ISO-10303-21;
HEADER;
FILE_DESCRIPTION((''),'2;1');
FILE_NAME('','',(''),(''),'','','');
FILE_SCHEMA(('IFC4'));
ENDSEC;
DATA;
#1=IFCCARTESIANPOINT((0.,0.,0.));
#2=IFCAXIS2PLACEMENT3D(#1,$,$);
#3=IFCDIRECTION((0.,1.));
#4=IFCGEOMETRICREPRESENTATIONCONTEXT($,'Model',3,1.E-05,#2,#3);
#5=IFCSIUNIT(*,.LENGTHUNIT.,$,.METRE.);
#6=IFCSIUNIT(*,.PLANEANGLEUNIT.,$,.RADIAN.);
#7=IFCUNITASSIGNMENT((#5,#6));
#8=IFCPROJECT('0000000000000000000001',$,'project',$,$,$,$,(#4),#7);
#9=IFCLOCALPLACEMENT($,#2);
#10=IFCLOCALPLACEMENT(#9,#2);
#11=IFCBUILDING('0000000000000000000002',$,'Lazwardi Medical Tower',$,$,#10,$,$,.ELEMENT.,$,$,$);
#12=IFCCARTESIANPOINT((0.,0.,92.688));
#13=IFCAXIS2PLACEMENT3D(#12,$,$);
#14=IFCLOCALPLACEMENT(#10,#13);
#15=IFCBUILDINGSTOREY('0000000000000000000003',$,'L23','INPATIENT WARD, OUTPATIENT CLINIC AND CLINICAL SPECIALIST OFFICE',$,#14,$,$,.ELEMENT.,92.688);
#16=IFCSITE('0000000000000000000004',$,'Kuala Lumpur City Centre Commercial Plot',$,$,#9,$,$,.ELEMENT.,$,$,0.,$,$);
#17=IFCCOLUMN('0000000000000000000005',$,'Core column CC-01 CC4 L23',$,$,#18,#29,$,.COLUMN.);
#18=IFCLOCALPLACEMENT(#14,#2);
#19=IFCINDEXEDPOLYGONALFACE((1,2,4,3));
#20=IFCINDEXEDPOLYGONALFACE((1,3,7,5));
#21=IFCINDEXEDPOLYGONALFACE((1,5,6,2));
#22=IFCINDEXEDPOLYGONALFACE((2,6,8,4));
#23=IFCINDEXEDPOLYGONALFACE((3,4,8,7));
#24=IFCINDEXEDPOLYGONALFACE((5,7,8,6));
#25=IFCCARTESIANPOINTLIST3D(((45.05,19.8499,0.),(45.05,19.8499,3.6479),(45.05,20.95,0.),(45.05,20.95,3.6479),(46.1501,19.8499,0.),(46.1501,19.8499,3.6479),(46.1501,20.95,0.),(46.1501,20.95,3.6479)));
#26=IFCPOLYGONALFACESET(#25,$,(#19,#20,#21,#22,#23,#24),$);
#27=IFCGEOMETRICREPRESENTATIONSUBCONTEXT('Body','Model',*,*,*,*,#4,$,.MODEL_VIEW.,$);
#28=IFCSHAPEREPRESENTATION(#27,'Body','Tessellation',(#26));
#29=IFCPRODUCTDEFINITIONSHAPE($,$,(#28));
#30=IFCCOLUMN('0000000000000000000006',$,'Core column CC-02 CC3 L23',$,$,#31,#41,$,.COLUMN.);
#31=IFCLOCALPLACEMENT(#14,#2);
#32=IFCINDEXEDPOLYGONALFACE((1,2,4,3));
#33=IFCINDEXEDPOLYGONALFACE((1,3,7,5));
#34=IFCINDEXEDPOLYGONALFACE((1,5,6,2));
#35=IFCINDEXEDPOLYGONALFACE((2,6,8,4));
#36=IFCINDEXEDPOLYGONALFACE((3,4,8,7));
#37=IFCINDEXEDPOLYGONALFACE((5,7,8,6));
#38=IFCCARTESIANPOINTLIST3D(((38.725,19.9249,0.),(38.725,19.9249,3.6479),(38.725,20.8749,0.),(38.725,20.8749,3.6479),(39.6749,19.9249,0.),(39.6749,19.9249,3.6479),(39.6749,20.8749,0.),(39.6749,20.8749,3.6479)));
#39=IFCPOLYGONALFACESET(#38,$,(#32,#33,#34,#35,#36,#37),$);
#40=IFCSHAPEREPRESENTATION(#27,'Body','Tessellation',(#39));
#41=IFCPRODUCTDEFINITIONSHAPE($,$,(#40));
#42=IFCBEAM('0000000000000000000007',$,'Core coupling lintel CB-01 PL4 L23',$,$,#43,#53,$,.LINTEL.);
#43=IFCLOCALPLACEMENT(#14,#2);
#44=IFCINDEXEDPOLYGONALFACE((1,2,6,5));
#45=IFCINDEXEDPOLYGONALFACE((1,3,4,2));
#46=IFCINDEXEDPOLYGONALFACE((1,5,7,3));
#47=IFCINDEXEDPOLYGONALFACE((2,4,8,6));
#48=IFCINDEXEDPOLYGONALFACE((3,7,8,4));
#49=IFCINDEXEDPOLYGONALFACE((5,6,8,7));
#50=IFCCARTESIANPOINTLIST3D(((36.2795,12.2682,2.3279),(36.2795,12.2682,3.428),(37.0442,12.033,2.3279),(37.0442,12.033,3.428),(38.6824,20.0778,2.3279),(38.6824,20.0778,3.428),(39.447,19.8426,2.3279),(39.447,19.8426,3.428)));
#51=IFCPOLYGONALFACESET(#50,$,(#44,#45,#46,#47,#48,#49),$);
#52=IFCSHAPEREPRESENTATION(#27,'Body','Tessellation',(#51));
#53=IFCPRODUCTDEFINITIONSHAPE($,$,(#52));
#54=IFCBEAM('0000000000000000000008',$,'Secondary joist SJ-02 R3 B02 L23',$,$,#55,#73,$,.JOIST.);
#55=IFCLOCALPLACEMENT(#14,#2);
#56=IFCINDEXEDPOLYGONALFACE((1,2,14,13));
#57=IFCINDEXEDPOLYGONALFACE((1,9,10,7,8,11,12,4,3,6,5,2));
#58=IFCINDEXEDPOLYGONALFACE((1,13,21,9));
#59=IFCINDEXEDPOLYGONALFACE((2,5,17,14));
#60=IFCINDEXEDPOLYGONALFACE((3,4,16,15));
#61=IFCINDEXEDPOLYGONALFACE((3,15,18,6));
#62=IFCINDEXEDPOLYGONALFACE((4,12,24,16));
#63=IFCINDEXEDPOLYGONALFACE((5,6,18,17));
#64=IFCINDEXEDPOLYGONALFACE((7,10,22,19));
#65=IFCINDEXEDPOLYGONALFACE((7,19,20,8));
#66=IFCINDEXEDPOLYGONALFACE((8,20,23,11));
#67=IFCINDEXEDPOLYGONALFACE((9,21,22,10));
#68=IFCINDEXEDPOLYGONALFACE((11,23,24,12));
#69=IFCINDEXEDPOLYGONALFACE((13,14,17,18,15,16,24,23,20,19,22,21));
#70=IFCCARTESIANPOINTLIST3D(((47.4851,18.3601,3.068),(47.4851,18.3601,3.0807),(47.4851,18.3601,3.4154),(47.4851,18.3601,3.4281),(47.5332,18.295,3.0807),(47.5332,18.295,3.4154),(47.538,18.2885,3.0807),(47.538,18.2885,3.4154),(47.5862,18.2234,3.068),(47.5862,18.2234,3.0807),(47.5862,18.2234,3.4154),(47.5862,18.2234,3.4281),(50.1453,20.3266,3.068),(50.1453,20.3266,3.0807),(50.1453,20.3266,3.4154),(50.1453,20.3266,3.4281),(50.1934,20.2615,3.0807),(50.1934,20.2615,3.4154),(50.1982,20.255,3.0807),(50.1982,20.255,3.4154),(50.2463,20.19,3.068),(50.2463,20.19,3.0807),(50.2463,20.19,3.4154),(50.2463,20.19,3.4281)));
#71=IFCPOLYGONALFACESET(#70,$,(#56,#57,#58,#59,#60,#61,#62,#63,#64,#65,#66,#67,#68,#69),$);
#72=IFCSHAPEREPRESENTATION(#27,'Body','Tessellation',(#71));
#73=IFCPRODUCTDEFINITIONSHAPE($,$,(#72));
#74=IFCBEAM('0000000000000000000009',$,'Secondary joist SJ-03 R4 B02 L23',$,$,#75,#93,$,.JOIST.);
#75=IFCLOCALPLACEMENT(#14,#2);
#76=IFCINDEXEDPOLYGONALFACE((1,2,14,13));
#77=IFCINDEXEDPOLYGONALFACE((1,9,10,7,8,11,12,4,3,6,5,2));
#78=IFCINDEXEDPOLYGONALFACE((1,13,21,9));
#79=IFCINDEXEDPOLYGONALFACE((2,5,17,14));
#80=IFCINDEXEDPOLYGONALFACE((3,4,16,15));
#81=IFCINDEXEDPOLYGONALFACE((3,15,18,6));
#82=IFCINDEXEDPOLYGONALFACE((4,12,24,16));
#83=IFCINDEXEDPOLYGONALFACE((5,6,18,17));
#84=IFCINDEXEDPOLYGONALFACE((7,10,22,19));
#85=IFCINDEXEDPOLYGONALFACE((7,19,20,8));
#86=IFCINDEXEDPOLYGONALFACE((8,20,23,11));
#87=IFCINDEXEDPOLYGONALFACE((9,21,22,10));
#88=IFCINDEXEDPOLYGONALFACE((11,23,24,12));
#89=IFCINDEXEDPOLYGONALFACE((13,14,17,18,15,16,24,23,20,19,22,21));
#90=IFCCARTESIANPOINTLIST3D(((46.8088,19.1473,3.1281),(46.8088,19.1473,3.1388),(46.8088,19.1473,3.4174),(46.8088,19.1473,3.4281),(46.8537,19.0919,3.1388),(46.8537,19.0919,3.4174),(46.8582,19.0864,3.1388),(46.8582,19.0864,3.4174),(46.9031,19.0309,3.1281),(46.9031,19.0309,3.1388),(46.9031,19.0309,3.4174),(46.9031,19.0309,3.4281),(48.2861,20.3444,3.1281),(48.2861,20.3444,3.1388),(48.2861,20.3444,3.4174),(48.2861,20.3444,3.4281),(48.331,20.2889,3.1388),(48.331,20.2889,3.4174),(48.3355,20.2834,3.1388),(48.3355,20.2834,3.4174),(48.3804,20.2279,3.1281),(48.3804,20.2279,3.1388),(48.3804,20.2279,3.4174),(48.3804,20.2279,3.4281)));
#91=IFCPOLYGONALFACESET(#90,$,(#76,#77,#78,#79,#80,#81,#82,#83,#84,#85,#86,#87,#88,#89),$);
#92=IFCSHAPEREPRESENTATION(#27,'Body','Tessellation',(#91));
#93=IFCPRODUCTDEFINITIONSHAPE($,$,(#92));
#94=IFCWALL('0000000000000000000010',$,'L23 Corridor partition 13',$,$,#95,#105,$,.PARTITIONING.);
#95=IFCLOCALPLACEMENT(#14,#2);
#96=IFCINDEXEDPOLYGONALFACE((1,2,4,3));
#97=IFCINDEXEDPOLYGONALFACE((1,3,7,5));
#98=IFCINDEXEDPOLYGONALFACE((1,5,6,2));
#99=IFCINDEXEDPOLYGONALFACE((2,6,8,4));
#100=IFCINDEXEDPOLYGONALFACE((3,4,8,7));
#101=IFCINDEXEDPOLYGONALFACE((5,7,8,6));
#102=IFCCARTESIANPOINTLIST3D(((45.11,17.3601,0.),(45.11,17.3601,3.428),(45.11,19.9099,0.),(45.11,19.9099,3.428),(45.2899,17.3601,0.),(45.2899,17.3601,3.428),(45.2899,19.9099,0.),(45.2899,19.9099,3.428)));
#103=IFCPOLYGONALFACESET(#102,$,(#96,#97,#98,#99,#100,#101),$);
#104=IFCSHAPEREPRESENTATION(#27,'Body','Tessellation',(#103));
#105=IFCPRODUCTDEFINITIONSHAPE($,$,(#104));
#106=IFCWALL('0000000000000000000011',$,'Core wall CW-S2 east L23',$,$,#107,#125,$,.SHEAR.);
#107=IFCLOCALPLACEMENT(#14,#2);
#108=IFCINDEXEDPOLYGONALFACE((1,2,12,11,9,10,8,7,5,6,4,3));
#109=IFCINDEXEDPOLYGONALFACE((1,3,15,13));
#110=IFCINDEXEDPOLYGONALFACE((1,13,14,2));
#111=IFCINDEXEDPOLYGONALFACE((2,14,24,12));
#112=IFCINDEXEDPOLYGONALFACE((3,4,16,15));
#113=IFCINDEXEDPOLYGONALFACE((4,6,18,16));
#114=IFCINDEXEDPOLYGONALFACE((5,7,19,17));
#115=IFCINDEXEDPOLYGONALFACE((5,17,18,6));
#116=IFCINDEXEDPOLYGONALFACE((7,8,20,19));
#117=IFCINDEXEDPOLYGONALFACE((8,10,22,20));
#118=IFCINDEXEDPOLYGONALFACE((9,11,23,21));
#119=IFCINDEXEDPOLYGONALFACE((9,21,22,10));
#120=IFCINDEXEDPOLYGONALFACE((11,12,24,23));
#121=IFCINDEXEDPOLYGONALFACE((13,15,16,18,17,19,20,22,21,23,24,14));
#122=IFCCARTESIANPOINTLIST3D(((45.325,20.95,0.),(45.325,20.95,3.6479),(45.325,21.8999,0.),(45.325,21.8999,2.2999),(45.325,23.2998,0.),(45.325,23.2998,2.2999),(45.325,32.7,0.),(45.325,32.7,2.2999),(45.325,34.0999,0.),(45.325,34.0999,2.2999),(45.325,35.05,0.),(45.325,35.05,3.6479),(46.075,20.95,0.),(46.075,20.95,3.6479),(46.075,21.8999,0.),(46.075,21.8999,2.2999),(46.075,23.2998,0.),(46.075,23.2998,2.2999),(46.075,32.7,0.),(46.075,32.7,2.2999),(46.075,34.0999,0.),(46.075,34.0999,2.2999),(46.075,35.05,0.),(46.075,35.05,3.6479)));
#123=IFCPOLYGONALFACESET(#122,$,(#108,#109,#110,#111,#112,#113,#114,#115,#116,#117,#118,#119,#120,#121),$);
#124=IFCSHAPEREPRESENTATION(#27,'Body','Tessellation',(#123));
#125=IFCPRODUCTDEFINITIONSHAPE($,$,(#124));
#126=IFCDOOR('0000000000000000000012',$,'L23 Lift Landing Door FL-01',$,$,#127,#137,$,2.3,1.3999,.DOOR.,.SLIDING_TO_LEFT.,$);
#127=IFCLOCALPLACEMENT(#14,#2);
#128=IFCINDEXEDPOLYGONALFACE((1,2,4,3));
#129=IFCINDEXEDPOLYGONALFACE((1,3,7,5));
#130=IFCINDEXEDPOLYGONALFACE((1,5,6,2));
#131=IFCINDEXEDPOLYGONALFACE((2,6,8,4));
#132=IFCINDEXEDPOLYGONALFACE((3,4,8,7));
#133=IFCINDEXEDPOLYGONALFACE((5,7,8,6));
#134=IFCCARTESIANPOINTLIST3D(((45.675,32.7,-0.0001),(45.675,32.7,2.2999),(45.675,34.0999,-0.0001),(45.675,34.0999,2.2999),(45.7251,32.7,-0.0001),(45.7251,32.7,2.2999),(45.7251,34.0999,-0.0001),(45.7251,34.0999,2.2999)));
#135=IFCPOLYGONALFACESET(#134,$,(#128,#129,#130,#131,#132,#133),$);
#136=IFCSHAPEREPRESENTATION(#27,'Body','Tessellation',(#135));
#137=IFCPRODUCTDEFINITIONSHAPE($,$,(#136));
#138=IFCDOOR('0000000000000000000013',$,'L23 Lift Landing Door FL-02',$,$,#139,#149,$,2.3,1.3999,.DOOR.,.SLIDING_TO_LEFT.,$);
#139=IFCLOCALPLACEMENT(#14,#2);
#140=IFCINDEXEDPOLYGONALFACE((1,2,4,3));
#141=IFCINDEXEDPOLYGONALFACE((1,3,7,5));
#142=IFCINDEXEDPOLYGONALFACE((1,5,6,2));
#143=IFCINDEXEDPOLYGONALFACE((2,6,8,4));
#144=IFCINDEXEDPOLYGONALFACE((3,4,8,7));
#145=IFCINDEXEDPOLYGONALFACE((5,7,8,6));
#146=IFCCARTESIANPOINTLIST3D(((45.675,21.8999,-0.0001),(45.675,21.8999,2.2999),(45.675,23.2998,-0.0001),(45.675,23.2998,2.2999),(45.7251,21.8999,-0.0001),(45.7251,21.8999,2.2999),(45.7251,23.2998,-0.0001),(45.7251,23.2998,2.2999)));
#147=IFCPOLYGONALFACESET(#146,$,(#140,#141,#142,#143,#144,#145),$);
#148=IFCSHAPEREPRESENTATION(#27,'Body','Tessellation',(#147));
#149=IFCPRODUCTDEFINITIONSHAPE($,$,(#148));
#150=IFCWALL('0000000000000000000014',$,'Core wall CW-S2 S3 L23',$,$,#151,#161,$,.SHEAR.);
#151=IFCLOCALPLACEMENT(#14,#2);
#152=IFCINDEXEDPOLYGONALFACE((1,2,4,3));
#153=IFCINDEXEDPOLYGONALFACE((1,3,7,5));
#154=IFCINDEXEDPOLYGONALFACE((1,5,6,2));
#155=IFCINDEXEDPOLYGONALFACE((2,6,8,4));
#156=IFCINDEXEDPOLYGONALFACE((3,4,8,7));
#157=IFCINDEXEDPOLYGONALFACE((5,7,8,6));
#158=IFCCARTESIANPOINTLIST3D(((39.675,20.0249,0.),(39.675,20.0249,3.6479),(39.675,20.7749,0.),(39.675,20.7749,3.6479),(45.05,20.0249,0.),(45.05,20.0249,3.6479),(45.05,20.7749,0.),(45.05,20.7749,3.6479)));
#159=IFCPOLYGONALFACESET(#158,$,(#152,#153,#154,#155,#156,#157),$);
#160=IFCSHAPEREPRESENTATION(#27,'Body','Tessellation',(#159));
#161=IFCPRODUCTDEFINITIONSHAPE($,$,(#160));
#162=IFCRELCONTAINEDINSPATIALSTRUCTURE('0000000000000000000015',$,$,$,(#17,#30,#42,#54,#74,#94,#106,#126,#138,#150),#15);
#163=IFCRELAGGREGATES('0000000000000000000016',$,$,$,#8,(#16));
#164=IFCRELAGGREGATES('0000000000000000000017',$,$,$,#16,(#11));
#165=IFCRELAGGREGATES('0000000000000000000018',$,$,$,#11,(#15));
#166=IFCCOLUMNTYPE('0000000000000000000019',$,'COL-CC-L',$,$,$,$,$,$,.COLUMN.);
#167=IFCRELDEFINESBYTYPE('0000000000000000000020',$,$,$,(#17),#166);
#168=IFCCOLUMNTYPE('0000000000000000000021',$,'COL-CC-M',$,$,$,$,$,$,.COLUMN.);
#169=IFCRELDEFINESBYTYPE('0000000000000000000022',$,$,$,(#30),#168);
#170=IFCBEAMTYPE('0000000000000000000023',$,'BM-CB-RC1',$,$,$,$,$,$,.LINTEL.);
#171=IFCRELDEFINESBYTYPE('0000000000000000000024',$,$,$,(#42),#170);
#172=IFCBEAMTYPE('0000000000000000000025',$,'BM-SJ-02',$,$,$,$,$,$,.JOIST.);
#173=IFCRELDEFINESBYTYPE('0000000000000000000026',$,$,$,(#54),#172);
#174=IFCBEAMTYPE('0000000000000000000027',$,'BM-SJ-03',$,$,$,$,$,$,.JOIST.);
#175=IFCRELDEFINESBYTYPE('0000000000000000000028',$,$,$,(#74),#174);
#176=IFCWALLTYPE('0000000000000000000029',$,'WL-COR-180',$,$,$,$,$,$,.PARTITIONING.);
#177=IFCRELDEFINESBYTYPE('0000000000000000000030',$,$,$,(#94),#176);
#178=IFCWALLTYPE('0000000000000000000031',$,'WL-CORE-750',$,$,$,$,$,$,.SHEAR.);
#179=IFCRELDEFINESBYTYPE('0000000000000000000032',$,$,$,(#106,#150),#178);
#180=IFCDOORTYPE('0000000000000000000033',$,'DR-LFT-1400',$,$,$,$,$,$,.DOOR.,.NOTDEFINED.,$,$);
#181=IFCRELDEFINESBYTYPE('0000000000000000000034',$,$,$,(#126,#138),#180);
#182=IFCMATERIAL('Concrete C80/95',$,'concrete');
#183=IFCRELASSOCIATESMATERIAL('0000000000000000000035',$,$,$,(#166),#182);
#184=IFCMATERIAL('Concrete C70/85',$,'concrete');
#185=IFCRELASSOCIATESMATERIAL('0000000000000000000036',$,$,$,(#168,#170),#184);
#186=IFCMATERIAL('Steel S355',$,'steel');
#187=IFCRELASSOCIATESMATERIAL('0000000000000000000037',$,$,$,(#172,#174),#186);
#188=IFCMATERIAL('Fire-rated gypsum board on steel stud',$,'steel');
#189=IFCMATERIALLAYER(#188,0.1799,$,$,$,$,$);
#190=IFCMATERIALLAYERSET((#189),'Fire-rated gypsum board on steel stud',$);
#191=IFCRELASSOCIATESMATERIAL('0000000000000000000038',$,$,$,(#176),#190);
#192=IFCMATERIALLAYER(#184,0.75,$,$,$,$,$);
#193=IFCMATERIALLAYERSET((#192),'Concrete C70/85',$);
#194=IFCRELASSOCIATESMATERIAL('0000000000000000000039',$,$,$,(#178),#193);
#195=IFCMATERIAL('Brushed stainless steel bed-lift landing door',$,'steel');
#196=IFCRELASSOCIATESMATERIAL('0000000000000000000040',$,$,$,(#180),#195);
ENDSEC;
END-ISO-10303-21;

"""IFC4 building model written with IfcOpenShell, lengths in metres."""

from ifc_helpers import new_model, si_unit, direction, frame, frame_2d, origin, origin_2d, place, context, subcontext, project, spatial, rectangle, i_section, extrude, material, layer, layer_set, material_profile, profile_set, type_object, element, fill, save


model = new_model("IFC4")

# Units and contexts
model_context = context("Model", 3, precision=1e-05, world=origin(), true_north=direction((0.0, 1.0)))
body_context = subcontext(model_context, "Body", "Model", "MODEL_VIEW")
ifc_project = project(units=[si_unit("LENGTHUNIT", "METRE"), si_unit("PLANEANGLEUNIT", "RADIAN")], contexts=[model_context])

# Site, building, storey
site_placement = place(None, origin())
site = spatial("IfcSite", under=ifc_project, at=site_placement, Name="Kuala Lumpur City Centre Commercial Plot", CompositionType="ELEMENT", RefElevation=0.0)
building_placement = place(site_placement, origin())
building = spatial("IfcBuilding", under=site, at=building_placement, Name="Lazwardi Medical Tower", CompositionType="ELEMENT")
storey_placement = place(building_placement, frame((0.0, 0.0, 92.688)))
storey = spatial("IfcBuildingStorey", under=building, at=storey_placement, Name="L23", Description="INPATIENT WARD, OUTPATIENT CLINIC AND CLINICAL SPECIALIST OFFICE", CompositionType="ELEMENT", Elevation=92.688)

# Columns
ifc_material_1 = material(Name="Concrete C80/95", Category="concrete")
ifc_material_profile_1 = material_profile(ifc_material_1, rectangle(XDim=1.1001, YDim=1.1001, at=origin_2d()), Name="RC 1100x1100")
ifc_profile_set_1 = profile_set([ifc_material_profile_1], Name="Concrete C80/95")
column_type_1 = type_object("IfcColumnType", Name="COL-CC-L", PredefinedType="COLUMN", material=ifc_profile_set_1)
column_1_placement = place(storey_placement, frame((45.6001, 20.3999, 0.0), z_axis=(0.0, 0.0, 1.0), x_axis=(1.0, 0.0, 0.0)))
element("IfcColumn", 1, at=column_1_placement, inside=storey, type_object=column_type_1, Name="Core column CC-01 CC4 L23", PredefinedType="COLUMN", context=body_context, shape_type="SweptSolid", body=[
    extrude(rectangle(XDim=1.1001, YDim=1.1001, at=origin_2d()), origin(), (0.0, 0.0, 1.0), 3.6479),
])
ifc_material_2 = material(Name="Concrete C70/85", Category="concrete")
ifc_material_profile_2 = material_profile(ifc_material_2, rectangle(XDim=0.95, YDim=0.95, at=origin_2d()), Name="RC 950x950")
ifc_profile_set_2 = profile_set([ifc_material_profile_2], Name="Concrete C70/85")
column_type_2 = type_object("IfcColumnType", Name="COL-CC-M", PredefinedType="COLUMN", material=ifc_profile_set_2)
column_2_placement = place(storey_placement, frame((39.2, 20.3999, 0.0), z_axis=(0.0, 0.0, 1.0), x_axis=(1.0, 0.0, 0.0)))
element("IfcColumn", 2, at=column_2_placement, inside=storey, type_object=column_type_2, Name="Core column CC-02 CC3 L23", PredefinedType="COLUMN", context=body_context, shape_type="SweptSolid", body=[
    extrude(rectangle(XDim=0.95, YDim=0.95, at=origin_2d()), origin(), (0.0, 0.0, 1.0), 3.6479),
])

# Beams
ifc_material_profile_3 = material_profile(ifc_material_2, rectangle(XDim=0.8, YDim=1.1001, at=origin_2d()), Name="RC 800x1100")
ifc_profile_set_3 = profile_set([ifc_material_profile_3], Name="Concrete C70/85")
beam_type_1 = type_object("IfcBeamType", Name="BM-CB-RC1", PredefinedType="LINTEL", material=ifc_profile_set_3)
beam_1_placement = place(storey_placement, frame((39.0647, 19.9602, 2.8779), z_axis=(-0.294073, -0.955783, 0.0), x_axis=(0.955783, -0.294073, 0.0)))
element("IfcBeam", 3, at=beam_1_placement, inside=storey, type_object=beam_type_1, Name="Core coupling lintel CB-01 PL4 L23", PredefinedType="LINTEL", context=body_context, shape_type="SweptSolid", body=[
    extrude(rectangle(XDim=0.8, YDim=1.1001, at=origin_2d()), origin(), (0.0, 0.0, 1.0), 8.1709),
])
ifc_material_3 = material(Name="Steel S355", Category="steel")
ifc_material_profile_4 = material_profile(ifc_material_3, i_section(OverallWidth=0.1699, OverallDepth=0.3601, WebThickness=0.0081, FlangeThickness=0.0127, at=origin_2d()), Name="IPE 360")
ifc_profile_set_4 = profile_set([ifc_material_profile_4], Name="Steel S355")
beam_type_2 = type_object("IfcBeamType", Name="BM-SJ-02", PredefinedType="JOIST", material=ifc_profile_set_4)
beam_2_placement = place(storey_placement, frame((47.5356, 18.2917, 3.248), z_axis=(0.804126, 0.59446, 0.0), x_axis=(-0.59446, 0.804126, 0.0)))
element("IfcBeam", 4, at=beam_2_placement, inside=storey, type_object=beam_type_2, Name="Secondary joist SJ-02 R3 B02 L23", PredefinedType="JOIST", context=body_context, shape_type="SweptSolid", body=[
    extrude(i_section(OverallWidth=0.1699, OverallDepth=0.3601, WebThickness=0.0081, FlangeThickness=0.0127, at=origin_2d()), origin(), (0.0, 0.0, 1.0), 3.3081),
])
ifc_material_profile_5 = material_profile(ifc_material_3, i_section(OverallWidth=0.1499, OverallDepth=0.3, WebThickness=0.0071, FlangeThickness=0.0107, at=origin_2d()), Name="IPE 300")
ifc_profile_set_5 = profile_set([ifc_material_profile_5], Name="Steel S355")
beam_type_3 = type_object("IfcBeamType", Name="BM-SJ-03", PredefinedType="JOIST", material=ifc_profile_set_5)
beam_3_placement = place(storey_placement, frame((46.856, 19.0891, 3.2781), z_axis=(0.776958, 0.629553, 0.0), x_axis=(-0.629553, 0.776958, 0.0)))
element("IfcBeam", 5, at=beam_3_placement, inside=storey, type_object=beam_type_3, Name="Secondary joist SJ-03 R4 B02 L23", PredefinedType="JOIST", context=body_context, shape_type="SweptSolid", body=[
    extrude(i_section(OverallWidth=0.1499, OverallDepth=0.3, WebThickness=0.0071, FlangeThickness=0.0107, at=origin_2d()), origin(), (0.0, 0.0, 1.0), 1.9014),
])

# Wall
ifc_material_4 = material(Name="Fire-rated gypsum board on steel stud", Category="steel")
ifc_layer_1 = layer(ifc_material_4, 0.1799)
ifc_layer_set_1 = layer_set([ifc_layer_1], Name="Fire-rated gypsum board on steel stud")
wall_type_1 = type_object("IfcWallType", Name="WL-COR-180", PredefinedType="PARTITIONING", material=ifc_layer_set_1)
wall_1_placement = place(storey_placement, frame((45.2, 19.9099, 0.0), z_axis=(0.0, 0.0, 1.0), x_axis=(0.0, -1.0, 0.0)))
element("IfcWall", 6, at=wall_1_placement, inside=storey, type_object=wall_type_1, Name="L23 Corridor partition 13", PredefinedType="PARTITIONING", context=body_context, shape_type="SweptSolid", body=[
    extrude(rectangle(XDim=2.5498, YDim=0.1799, at=frame_2d((1.2749, 0.0))), origin(), (0.0, 0.0, 1.0), 3.428),
])

# Wall, openings, doors
ifc_layer_2 = layer(ifc_material_2, 0.75)
ifc_layer_set_2 = layer_set([ifc_layer_2], Name="Concrete C70/85")
wall_type_2 = type_object("IfcWallType", Name="WL-CORE-750", PredefinedType="SHEAR", material=ifc_layer_set_2)
wall_2_placement = place(storey_placement, frame((45.7, 20.95, 0.0), z_axis=(0.0, 0.0, 1.0), x_axis=(0.0, 1.0, 0.0)))
wall_2 = element("IfcWall", 7, at=wall_2_placement, inside=storey, type_object=wall_type_2, Name="Core wall CW-S2 east L23", PredefinedType="SHEAR", context=body_context, shape_type="SweptSolid", body=[
    extrude(rectangle(XDim=14.1001, YDim=0.75, at=frame_2d((7.05, 0.0))), origin(), (0.0, 0.0, 1.0), 3.6479),
])
opening_1_placement = place(wall_2_placement, frame((11.75, 0.0, 0.0)))
opening_1 = element("IfcOpeningElement", 8, at=opening_1_placement, cuts=wall_2, PredefinedType="OPENING", context=body_context, shape_type="SweptSolid", body=[
    extrude(rectangle(XDim=1.3999, YDim=2.3, at=frame_2d((0.7, 1.1499))), frame((0.0, 0.385, 0.0), z_axis=(0.0, -1.0, 0.0), x_axis=(1.0, 0.0, 0.0)), (0.0, 0.0, 1.0), 0.77),
])
opening_2_placement = place(wall_2_placement, frame((0.95, 0.0, 0.0)))
opening_2 = element("IfcOpeningElement", 9, at=opening_2_placement, cuts=wall_2, PredefinedType="OPENING", context=body_context, shape_type="SweptSolid", body=[
    extrude(rectangle(XDim=1.3999, YDim=2.3, at=frame_2d((0.7, 1.1499))), frame((0.0, 0.385, 0.0), z_axis=(0.0, -1.0, 0.0), x_axis=(1.0, 0.0, 0.0)), (0.0, 0.0, 1.0), 0.77),
])
ifc_material_5 = material(Name="Brushed stainless steel bed-lift landing door", Category="steel")
door_type = type_object("IfcDoorType", Name="DR-LFT-1400", OperationType="NOTDEFINED", PredefinedType="DOOR", material=ifc_material_5)
door_1_placement = place(opening_1_placement, origin())
door_1 = element("IfcDoor", 10, at=door_1_placement, inside=storey, type_object=door_type, Name="L23 Lift Landing Door FL-01", OperationType="SLIDING_TO_LEFT", OverallHeight=2.3, OverallWidth=1.3999, PredefinedType="DOOR", context=body_context, shape_type="SweptSolid", body=[
    extrude(rectangle(XDim=1.3999, YDim=2.3, at=frame_2d((0.7, 1.1499))), frame((0.0, 0.0249, 0.0), z_axis=(0.0, -1.0, 0.0), x_axis=(1.0, 0.0, 0.0)), (0.0, 0.0, 1.0), 0.05),
])
fill(opening_1, door_1)
door_2_placement = place(opening_2_placement, origin())
door_2 = element("IfcDoor", 11, at=door_2_placement, inside=storey, type_object=door_type, Name="L23 Lift Landing Door FL-02", OperationType="SLIDING_TO_LEFT", OverallHeight=2.3, OverallWidth=1.3999, PredefinedType="DOOR", context=body_context, shape_type="SweptSolid", body=[
    extrude(rectangle(XDim=1.3999, YDim=2.3, at=frame_2d((0.7, 1.1499))), frame((0.0, 0.0249, 0.0), z_axis=(0.0, -1.0, 0.0), x_axis=(1.0, 0.0, 0.0)), (0.0, 0.0, 1.0), 0.05),
])
fill(opening_2, door_2)

# Wall
wall_3_placement = place(storey_placement, frame((39.675, 20.3999, 0.0), z_axis=(0.0, 0.0, 1.0), x_axis=(1.0, 0.0, 0.0)))
element("IfcWall", 12, at=wall_3_placement, inside=storey, type_object=wall_type_2, Name="Core wall CW-S2 S3 L23", PredefinedType="SHEAR", context=body_context, shape_type="SweptSolid", body=[
    extrude(rectangle(XDim=5.375, YDim=0.75, at=frame_2d((2.6875, 0.0))), origin(), (0.0, 0.0, 1.0), 3.6479),
])

save(model, "model.ifc")
